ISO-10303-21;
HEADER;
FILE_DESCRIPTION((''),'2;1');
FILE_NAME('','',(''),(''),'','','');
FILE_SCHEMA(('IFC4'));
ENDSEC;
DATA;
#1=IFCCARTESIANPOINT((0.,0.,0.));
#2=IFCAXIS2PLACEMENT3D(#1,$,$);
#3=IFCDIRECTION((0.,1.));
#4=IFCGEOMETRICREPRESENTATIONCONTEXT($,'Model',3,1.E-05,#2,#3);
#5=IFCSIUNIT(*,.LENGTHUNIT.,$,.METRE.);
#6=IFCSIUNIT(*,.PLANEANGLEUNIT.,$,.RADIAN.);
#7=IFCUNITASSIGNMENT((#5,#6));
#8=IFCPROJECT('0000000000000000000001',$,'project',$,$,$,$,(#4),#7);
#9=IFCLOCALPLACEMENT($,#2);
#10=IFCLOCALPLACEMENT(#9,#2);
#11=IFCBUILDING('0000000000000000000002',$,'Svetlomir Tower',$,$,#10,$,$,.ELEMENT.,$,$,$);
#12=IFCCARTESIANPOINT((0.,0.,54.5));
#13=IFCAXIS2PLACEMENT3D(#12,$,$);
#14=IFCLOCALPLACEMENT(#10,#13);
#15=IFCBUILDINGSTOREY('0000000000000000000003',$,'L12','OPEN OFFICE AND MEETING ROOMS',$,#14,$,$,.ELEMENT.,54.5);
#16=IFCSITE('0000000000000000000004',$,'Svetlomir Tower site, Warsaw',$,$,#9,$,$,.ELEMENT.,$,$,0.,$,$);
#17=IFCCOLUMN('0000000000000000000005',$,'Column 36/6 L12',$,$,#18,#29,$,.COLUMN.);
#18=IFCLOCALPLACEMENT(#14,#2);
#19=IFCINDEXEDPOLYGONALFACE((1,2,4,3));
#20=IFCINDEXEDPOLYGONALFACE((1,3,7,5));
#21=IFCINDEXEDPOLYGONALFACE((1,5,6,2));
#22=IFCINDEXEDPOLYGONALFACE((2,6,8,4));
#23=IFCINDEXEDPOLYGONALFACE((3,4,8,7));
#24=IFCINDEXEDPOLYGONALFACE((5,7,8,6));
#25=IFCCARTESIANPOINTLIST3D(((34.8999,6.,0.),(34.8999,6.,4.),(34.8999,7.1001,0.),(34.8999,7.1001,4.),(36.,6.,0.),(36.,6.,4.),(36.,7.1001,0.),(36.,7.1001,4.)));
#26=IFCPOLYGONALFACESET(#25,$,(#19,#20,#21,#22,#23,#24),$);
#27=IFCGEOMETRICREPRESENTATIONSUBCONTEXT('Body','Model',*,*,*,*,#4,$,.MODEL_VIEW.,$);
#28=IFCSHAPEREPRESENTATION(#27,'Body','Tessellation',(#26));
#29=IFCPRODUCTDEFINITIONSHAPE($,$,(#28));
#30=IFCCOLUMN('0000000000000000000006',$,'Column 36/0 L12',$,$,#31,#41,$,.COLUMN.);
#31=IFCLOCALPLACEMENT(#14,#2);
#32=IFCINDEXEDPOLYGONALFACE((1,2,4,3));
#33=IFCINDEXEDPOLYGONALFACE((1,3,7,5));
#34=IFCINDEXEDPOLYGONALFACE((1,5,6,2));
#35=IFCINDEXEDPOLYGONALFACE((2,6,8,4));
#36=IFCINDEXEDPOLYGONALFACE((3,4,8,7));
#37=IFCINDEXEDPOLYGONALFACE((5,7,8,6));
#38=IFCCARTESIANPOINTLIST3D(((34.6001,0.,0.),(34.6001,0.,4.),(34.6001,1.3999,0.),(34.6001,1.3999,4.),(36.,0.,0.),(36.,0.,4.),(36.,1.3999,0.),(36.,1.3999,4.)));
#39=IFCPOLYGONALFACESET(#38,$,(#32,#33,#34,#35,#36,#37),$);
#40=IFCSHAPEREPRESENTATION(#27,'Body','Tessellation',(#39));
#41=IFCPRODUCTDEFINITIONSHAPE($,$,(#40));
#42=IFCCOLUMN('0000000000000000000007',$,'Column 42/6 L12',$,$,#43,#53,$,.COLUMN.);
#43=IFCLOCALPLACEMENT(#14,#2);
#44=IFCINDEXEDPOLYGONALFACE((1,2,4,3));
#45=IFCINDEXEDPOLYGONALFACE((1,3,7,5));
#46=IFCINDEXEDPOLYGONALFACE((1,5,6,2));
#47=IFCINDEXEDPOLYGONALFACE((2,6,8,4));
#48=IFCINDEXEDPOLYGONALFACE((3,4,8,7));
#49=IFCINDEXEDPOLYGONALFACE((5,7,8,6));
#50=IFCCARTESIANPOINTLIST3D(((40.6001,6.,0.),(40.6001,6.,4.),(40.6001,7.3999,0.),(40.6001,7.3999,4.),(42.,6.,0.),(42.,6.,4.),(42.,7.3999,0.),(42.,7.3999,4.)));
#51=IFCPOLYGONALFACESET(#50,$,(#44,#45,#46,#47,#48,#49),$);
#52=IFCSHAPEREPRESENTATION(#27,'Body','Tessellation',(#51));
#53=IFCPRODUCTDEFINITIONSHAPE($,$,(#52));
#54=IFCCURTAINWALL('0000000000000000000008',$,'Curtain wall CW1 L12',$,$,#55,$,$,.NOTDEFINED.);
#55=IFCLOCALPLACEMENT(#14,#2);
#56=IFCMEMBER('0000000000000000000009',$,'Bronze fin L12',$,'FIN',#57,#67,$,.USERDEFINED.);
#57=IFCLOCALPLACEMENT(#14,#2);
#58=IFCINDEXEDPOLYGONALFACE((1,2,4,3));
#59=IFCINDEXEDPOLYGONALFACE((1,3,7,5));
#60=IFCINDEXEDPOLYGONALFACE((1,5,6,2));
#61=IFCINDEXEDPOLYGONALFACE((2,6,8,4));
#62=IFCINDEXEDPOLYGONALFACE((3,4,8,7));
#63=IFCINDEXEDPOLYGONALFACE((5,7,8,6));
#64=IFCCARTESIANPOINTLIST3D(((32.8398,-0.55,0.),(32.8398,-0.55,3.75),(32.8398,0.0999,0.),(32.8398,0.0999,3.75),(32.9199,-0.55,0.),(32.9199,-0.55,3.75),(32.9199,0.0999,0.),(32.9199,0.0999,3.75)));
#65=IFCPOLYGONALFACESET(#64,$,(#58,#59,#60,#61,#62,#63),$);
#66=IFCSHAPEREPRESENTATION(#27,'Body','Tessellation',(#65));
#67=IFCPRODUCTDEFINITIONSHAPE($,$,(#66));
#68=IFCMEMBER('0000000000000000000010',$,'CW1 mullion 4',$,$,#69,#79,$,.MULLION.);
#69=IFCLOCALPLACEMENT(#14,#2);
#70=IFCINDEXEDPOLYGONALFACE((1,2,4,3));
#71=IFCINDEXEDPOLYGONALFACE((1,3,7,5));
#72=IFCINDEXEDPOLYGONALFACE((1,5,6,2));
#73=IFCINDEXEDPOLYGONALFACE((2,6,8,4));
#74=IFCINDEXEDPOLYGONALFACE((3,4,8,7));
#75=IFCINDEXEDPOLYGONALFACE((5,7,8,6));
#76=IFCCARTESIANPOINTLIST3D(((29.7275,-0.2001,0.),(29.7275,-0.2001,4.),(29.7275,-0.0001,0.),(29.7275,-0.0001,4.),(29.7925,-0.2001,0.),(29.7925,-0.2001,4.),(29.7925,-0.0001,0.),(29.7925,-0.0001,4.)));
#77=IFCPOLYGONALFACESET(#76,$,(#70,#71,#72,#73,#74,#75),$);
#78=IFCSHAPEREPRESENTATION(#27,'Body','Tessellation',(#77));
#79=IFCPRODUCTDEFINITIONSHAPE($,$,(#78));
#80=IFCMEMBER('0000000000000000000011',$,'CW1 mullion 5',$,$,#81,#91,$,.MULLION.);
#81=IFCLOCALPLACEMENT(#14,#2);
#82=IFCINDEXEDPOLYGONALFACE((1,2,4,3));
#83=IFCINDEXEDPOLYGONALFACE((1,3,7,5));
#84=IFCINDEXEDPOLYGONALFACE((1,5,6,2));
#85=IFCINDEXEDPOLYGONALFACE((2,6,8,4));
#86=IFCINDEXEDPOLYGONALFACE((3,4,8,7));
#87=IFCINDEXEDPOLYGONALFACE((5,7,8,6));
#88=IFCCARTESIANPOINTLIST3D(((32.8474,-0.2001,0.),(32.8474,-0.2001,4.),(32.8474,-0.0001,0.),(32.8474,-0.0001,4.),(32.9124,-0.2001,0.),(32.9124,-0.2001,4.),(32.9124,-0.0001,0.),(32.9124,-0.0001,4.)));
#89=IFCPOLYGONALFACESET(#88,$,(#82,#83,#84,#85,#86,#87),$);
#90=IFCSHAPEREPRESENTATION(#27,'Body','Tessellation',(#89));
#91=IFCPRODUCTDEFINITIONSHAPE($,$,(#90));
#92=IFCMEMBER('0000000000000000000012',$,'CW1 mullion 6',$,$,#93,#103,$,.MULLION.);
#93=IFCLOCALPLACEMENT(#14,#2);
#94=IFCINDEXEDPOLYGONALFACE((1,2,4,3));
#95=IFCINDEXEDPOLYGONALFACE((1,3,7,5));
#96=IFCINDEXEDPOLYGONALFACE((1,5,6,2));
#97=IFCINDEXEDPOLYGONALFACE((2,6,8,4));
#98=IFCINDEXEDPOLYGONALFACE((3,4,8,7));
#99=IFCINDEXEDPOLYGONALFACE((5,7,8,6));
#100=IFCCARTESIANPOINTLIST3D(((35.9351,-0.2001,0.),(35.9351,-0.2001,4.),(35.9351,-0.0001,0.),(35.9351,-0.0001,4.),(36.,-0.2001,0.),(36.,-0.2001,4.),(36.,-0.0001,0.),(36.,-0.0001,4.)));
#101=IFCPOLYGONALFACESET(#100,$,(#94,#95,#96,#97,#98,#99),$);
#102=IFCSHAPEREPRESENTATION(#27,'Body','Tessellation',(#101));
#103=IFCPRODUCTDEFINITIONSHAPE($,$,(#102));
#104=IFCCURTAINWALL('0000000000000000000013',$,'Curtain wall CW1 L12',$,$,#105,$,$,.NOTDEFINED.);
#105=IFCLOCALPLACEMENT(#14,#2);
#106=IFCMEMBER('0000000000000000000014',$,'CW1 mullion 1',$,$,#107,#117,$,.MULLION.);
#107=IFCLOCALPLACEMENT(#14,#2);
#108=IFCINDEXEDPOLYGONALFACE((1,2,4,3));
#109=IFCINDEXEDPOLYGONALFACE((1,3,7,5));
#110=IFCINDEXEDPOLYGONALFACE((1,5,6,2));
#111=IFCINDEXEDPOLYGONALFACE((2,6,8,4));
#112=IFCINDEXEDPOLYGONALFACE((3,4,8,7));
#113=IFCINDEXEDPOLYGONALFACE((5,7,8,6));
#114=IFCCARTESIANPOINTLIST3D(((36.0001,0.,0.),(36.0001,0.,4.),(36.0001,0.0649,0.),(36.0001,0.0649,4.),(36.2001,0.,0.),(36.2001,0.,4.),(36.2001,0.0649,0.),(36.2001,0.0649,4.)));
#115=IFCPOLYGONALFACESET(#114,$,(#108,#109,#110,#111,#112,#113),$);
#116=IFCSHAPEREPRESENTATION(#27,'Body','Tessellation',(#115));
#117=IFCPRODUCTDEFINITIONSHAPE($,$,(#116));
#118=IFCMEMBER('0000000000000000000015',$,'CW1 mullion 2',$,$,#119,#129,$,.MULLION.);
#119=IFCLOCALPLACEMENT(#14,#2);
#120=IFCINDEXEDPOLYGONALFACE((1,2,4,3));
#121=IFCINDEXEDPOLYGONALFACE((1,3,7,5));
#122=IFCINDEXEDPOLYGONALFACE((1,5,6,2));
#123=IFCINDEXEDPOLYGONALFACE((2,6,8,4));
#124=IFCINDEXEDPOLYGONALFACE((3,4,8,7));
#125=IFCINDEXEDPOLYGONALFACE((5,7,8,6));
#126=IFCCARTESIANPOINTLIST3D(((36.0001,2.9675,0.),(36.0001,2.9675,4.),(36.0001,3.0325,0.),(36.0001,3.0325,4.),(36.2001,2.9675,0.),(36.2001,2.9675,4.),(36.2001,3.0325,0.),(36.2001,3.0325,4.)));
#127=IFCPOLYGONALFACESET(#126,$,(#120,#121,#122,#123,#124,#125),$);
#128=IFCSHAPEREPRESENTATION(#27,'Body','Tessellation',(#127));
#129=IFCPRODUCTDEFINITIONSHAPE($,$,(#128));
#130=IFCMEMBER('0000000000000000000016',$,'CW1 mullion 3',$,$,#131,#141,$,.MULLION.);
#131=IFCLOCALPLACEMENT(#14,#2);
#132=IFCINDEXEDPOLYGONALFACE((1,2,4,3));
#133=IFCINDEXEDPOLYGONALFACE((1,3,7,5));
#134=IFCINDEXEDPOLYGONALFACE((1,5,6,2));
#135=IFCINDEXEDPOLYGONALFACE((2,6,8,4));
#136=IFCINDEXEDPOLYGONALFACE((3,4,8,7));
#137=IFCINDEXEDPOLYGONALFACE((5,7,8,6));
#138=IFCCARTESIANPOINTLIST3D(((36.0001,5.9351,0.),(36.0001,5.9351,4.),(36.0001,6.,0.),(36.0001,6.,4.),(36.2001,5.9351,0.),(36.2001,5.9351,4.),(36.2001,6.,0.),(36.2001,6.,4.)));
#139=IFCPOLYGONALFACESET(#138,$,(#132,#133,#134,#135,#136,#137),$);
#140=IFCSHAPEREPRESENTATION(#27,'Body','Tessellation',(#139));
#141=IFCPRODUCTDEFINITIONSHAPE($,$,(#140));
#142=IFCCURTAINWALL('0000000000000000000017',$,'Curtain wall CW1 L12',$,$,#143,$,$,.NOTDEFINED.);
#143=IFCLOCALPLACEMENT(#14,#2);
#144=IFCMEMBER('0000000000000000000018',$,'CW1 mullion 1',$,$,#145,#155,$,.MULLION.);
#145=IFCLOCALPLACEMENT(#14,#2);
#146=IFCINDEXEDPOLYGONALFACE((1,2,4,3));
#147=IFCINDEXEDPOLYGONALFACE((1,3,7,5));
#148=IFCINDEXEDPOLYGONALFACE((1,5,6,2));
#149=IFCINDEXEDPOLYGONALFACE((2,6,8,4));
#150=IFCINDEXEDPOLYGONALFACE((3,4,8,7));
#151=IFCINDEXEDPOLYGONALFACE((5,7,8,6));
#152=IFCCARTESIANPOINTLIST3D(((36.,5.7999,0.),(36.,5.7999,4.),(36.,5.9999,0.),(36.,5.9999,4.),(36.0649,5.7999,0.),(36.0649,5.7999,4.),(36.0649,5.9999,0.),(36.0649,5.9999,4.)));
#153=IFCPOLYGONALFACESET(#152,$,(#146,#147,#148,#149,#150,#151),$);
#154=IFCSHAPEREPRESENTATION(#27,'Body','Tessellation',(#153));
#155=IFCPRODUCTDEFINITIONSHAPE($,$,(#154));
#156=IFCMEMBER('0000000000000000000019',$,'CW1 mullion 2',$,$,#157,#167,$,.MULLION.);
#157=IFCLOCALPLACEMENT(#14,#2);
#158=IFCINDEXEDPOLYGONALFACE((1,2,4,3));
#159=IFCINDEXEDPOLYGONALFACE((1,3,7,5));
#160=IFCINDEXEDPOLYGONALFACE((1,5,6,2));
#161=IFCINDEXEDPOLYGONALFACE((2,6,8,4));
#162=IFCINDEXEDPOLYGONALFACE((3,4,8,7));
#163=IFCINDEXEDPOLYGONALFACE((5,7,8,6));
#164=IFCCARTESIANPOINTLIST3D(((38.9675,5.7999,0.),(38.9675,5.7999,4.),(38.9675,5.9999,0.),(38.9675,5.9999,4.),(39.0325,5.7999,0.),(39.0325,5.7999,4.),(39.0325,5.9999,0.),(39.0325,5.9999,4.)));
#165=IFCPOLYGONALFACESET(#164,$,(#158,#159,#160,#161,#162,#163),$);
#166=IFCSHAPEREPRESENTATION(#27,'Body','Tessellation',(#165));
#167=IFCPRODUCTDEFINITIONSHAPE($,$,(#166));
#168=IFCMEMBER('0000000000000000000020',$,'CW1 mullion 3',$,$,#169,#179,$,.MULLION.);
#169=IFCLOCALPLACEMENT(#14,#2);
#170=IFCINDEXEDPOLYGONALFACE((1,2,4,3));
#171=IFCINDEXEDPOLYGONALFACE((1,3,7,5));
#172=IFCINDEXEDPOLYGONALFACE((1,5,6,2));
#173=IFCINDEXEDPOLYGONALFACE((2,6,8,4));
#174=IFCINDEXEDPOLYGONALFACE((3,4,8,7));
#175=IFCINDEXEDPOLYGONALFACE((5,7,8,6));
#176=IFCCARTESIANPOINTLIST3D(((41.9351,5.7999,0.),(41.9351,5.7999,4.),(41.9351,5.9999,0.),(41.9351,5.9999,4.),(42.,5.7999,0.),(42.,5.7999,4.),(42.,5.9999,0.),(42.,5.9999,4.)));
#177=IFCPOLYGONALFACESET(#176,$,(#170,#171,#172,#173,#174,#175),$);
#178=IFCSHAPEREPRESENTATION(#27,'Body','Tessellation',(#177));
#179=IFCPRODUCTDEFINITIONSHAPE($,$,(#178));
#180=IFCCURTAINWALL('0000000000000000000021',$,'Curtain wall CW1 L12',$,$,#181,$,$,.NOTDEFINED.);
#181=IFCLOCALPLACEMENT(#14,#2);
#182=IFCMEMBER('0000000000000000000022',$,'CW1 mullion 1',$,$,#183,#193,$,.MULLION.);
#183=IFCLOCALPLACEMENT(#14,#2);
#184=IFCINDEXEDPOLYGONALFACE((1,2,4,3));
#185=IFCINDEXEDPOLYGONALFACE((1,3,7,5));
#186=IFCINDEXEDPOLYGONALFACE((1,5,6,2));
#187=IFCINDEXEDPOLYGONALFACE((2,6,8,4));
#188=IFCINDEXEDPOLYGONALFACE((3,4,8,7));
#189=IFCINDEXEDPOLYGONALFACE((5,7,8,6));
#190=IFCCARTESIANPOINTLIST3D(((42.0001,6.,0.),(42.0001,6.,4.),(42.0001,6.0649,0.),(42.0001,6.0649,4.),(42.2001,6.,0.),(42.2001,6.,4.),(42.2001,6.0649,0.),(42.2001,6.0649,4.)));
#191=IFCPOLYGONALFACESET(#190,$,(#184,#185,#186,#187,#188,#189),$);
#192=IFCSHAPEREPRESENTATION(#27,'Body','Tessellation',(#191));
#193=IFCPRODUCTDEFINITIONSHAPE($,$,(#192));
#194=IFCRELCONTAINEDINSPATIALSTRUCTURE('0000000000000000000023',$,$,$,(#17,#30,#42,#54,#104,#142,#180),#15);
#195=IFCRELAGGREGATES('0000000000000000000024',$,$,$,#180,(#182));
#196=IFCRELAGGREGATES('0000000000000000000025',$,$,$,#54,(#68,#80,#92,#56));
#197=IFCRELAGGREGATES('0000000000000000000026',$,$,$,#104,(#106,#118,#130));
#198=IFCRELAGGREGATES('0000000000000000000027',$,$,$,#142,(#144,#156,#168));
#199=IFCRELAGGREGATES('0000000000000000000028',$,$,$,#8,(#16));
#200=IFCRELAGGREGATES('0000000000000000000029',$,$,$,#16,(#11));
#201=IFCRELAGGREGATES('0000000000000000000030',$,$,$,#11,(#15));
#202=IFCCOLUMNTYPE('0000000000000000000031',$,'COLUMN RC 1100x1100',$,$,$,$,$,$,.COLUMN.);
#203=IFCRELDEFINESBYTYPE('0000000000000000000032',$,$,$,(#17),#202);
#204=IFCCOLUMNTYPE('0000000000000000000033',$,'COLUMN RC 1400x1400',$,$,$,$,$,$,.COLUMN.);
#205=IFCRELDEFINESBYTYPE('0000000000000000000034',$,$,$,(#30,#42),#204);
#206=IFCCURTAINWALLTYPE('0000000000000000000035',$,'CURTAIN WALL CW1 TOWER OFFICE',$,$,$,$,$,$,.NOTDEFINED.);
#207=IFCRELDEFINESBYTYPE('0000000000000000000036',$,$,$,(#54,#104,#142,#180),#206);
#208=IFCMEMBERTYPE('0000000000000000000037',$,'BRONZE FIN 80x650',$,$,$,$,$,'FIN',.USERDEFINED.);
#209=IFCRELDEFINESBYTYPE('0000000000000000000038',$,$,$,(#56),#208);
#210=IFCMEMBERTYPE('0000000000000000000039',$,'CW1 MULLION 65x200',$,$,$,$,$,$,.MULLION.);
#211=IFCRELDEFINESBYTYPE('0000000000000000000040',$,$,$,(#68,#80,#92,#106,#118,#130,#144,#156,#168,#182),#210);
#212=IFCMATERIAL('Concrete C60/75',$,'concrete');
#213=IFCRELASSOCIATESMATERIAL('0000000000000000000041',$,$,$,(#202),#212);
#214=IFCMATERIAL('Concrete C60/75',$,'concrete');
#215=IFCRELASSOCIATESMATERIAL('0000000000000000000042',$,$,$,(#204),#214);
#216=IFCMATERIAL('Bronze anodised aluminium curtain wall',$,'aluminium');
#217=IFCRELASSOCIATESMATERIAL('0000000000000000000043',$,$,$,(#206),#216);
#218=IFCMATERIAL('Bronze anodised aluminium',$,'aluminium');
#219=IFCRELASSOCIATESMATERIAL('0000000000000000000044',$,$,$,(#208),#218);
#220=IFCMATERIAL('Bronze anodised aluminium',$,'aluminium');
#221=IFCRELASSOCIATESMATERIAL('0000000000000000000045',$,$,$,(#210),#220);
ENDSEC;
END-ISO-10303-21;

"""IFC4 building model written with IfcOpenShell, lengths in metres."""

from ifc_helpers import new_model, si_unit, direction, frame, origin, origin_2d, place, context, subcontext, project, spatial, rectangle, extrude, material, material_profile, profile_set, type_object, element, aggregate, save


model = new_model("IFC4")

# Units and contexts
model_context = context("Model", 3, precision=1e-05, world=origin(), true_north=direction((0.0, 1.0)))
body_context = subcontext(model_context, "Body", "Model", "MODEL_VIEW")
ifc_project = project(units=[si_unit("LENGTHUNIT", "METRE"), si_unit("PLANEANGLEUNIT", "RADIAN")], contexts=[model_context])

# Site, building, storey
site_placement = place(None, origin())
site = spatial("IfcSite", under=ifc_project, at=site_placement, Name="Svetlomir Tower site, Warsaw", CompositionType="ELEMENT", RefElevation=0.0)
building_placement = place(site_placement, origin())
building = spatial("IfcBuilding", under=site, at=building_placement, Name="Svetlomir Tower", CompositionType="ELEMENT")
storey_placement = place(building_placement, frame((0.0, 0.0, 54.5)))
storey = spatial("IfcBuildingStorey", under=building, at=storey_placement, Name="L12", Description="OPEN OFFICE AND MEETING ROOMS", CompositionType="ELEMENT", Elevation=54.5)

# Columns
ifc_material_1 = material(Name="Concrete C60/75", Category="concrete")
ifc_material_profile_1 = material_profile(ifc_material_1, rectangle(XDim=1.1001, YDim=1.1001, at=origin_2d()), Name="RC 1100x1100")
ifc_profile_set_1 = profile_set([ifc_material_profile_1], Name="Concrete C60/75")
column_type_1 = type_object("IfcColumnType", Name="COLUMN RC 1100x1100", PredefinedType="COLUMN", material=ifc_profile_set_1)
column_placement = place(storey_placement, frame((35.45, 6.55, 0.0), z_axis=(0.0, 0.0, 1.0), x_axis=(1.0, 0.0, 0.0)))
element("IfcColumn", 1, at=column_placement, inside=storey, type_object=column_type_1, Name="Column 36/6 L12", PredefinedType="COLUMN", context=body_context, shape_type="SweptSolid", body=[
    extrude(rectangle(XDim=1.1001, YDim=1.1001, at=origin_2d()), origin(), (0.0, 0.0, 1.0), 4.0),
])
ifc_material_2 = material(Name="Concrete C60/75", Category="concrete")
ifc_material_profile_2 = material_profile(ifc_material_2, rectangle(XDim=1.3999, YDim=1.3999, at=origin_2d()), Name="RC 1400x1400")
ifc_profile_set_2 = profile_set([ifc_material_profile_2], Name="Concrete C60/75")
column_type_2 = type_object("IfcColumnType", Name="COLUMN RC 1400x1400", PredefinedType="COLUMN", material=ifc_profile_set_2)
for number, where, z_axis, x_axis, name in (
    (2, (35.3, 0.7, 0.0), (0.0, 0.0, 1.0), (1.0, 0.0, 0.0), "Column 36/0 L12"),
    (3, (41.3, 6.7, 0.0), (0.0, 0.0, 1.0), (1.0, 0.0, 0.0), "Column 42/6 L12"),
):
    element("IfcColumn", number, at=place(storey_placement, frame(where, z_axis=z_axis, x_axis=x_axis)), inside=storey, type_object=column_type_2, Name=name, PredefinedType="COLUMN", context=body_context, shape_type="SweptSolid", body=[
        extrude(rectangle(XDim=1.3999, YDim=1.3999, at=origin_2d()), origin(), (0.0, 0.0, 1.0), 4.0),
    ])

# Curtain walls, members
ifc_material_3 = material(Name="Bronze anodised aluminium curtain wall", Category="aluminium")
curtain_wall_type = type_object("IfcCurtainWallType", Name="CURTAIN WALL CW1 TOWER OFFICE", PredefinedType="NOTDEFINED", material=ifc_material_3)
curtain_wall_1_placement = place(storey_placement, origin())
curtain_wall_1 = element("IfcCurtainWall", 4, at=curtain_wall_1_placement, inside=storey, type_object=curtain_wall_type, Name="Curtain wall CW1 L12", PredefinedType="NOTDEFINED")
ifc_material_4 = material(Name="Bronze anodised aluminium", Category="aluminium")
ifc_material_profile_3 = material_profile(ifc_material_4, rectangle(XDim=0.0801, YDim=0.6499, at=origin_2d()), Name="FIN 80x650")
ifc_profile_set_3 = profile_set([ifc_material_profile_3], Name="Bronze anodised aluminium 6063-T6")
member_type_1 = type_object("IfcMemberType", Name="BRONZE FIN 80x650", ElementType="FIN", PredefinedType="USERDEFINED", material=ifc_profile_set_3)
member_1_placement = place(storey_placement, frame((32.8799, -0.2251, 0.0), z_axis=(0.0, 0.0, 1.0), x_axis=(1.0, 0.0, 0.0)))
member_1 = element("IfcMember", 5, at=member_1_placement, type_object=member_type_1, Name="Bronze fin L12", ObjectType="FIN", PredefinedType="USERDEFINED", context=body_context, shape_type="SweptSolid", body=[
    extrude(rectangle(XDim=0.0801, YDim=0.6499, at=origin_2d()), origin(), (0.0, 0.0, 1.0), 3.75),
])
ifc_material_5 = material(Name="Bronze anodised aluminium", Category="aluminium")
ifc_material_profile_4 = material_profile(ifc_material_5, rectangle(XDim=0.0649, YDim=0.2, at=origin_2d()), Name="AL 65x200")
ifc_profile_set_4 = profile_set([ifc_material_profile_4], Name="Bronze anodised aluminium 6063-T6")
member_type_2 = type_object("IfcMemberType", Name="CW1 MULLION 65x200", PredefinedType="MULLION", material=ifc_profile_set_4)
member_2_placement = place(storey_placement, frame((29.76, -0.1001, 0.0), z_axis=(0.0, 0.0, 1.0), x_axis=(1.0, 0.0, 0.0)))
member_2 = element("IfcMember", 6, at=member_2_placement, type_object=member_type_2, Name="CW1 mullion 4", PredefinedType="MULLION", context=body_context, shape_type="SweptSolid", body=[
    extrude(rectangle(XDim=0.0649, YDim=0.2, at=origin_2d()), origin(), (0.0, 0.0, 1.0), 4.0),
])
member_3_placement = place(storey_placement, frame((32.8799, -0.1001, 0.0), z_axis=(0.0, 0.0, 1.0), x_axis=(1.0, 0.0, 0.0)))
member_3 = element("IfcMember", 7, at=member_3_placement, type_object=member_type_2, Name="CW1 mullion 5", PredefinedType="MULLION", context=body_context, shape_type="SweptSolid", body=[
    extrude(rectangle(XDim=0.0649, YDim=0.2, at=origin_2d()), origin(), (0.0, 0.0, 1.0), 4.0),
])
member_4_placement = place(storey_placement, frame((35.9675, -0.1001, 0.0), z_axis=(0.0, 0.0, 1.0), x_axis=(1.0, 0.0, 0.0)))
member_4 = element("IfcMember", 8, at=member_4_placement, type_object=member_type_2, Name="CW1 mullion 6", PredefinedType="MULLION", context=body_context, shape_type="SweptSolid", body=[
    extrude(rectangle(XDim=0.0649, YDim=0.2, at=origin_2d()), origin(), (0.0, 0.0, 1.0), 4.0),
])
curtain_wall_2_placement = place(storey_placement, origin())
curtain_wall_2 = element("IfcCurtainWall", 9, at=curtain_wall_2_placement, inside=storey, type_object=curtain_wall_type, Name="Curtain wall CW1 L12", PredefinedType="NOTDEFINED")
member_5_placement = place(storey_placement, frame((36.1001, 0.0325, 0.0), z_axis=(0.0, 0.0, 1.0), x_axis=(0.0, 1.0, 0.0)))
member_5 = element("IfcMember", 10, at=member_5_placement, type_object=member_type_2, Name="CW1 mullion 1", PredefinedType="MULLION", context=body_context, shape_type="SweptSolid", body=[
    extrude(rectangle(XDim=0.0649, YDim=0.2, at=origin_2d()), origin(), (0.0, 0.0, 1.0), 4.0),
])
member_6_placement = place(storey_placement, frame((36.1001, 3.0, 0.0), z_axis=(0.0, 0.0, 1.0), x_axis=(0.0, 1.0, 0.0)))
member_6 = element("IfcMember", 11, at=member_6_placement, type_object=member_type_2, Name="CW1 mullion 2", PredefinedType="MULLION", context=body_context, shape_type="SweptSolid", body=[
    extrude(rectangle(XDim=0.0649, YDim=0.2, at=origin_2d()), origin(), (0.0, 0.0, 1.0), 4.0),
])
member_7_placement = place(storey_placement, frame((36.1001, 5.9675, 0.0), z_axis=(0.0, 0.0, 1.0), x_axis=(0.0, 1.0, 0.0)))
member_7 = element("IfcMember", 12, at=member_7_placement, type_object=member_type_2, Name="CW1 mullion 3", PredefinedType="MULLION", context=body_context, shape_type="SweptSolid", body=[
    extrude(rectangle(XDim=0.0649, YDim=0.2, at=origin_2d()), origin(), (0.0, 0.0, 1.0), 4.0),
])
curtain_wall_3_placement = place(storey_placement, origin())
curtain_wall_3 = element("IfcCurtainWall", 13, at=curtain_wall_3_placement, inside=storey, type_object=curtain_wall_type, Name="Curtain wall CW1 L12", PredefinedType="NOTDEFINED")
member_8_placement = place(storey_placement, frame((36.0325, 5.8999, 0.0), z_axis=(0.0, 0.0, 1.0), x_axis=(1.0, 0.0, 0.0)))
member_8 = element("IfcMember", 14, at=member_8_placement, type_object=member_type_2, Name="CW1 mullion 1", PredefinedType="MULLION", context=body_context, shape_type="SweptSolid", body=[
    extrude(rectangle(XDim=0.0649, YDim=0.2, at=origin_2d()), origin(), (0.0, 0.0, 1.0), 4.0),
])
member_9_placement = place(storey_placement, frame((39.0, 5.8999, 0.0), z_axis=(0.0, 0.0, 1.0), x_axis=(1.0, 0.0, 0.0)))
member_9 = element("IfcMember", 15, at=member_9_placement, type_object=member_type_2, Name="CW1 mullion 2", PredefinedType="MULLION", context=body_context, shape_type="SweptSolid", body=[
    extrude(rectangle(XDim=0.0649, YDim=0.2, at=origin_2d()), origin(), (0.0, 0.0, 1.0), 4.0),
])
member_10_placement = place(storey_placement, frame((41.9675, 5.8999, 0.0), z_axis=(0.0, 0.0, 1.0), x_axis=(1.0, 0.0, 0.0)))
member_10 = element("IfcMember", 16, at=member_10_placement, type_object=member_type_2, Name="CW1 mullion 3", PredefinedType="MULLION", context=body_context, shape_type="SweptSolid", body=[
    extrude(rectangle(XDim=0.0649, YDim=0.2, at=origin_2d()), origin(), (0.0, 0.0, 1.0), 4.0),
])

# Curtain wall, member
curtain_wall_4_placement = place(storey_placement, origin())
curtain_wall_4 = element("IfcCurtainWall", 17, at=curtain_wall_4_placement, inside=storey, type_object=curtain_wall_type, Name="Curtain wall CW1 L12", PredefinedType="NOTDEFINED")
member_11_placement = place(storey_placement, frame((42.1001, 6.0325, 0.0), z_axis=(0.0, 0.0, 1.0), x_axis=(0.0, 1.0, 0.0)))
member_11 = element("IfcMember", 18, at=member_11_placement, type_object=member_type_2, Name="CW1 mullion 1", PredefinedType="MULLION", context=body_context, shape_type="SweptSolid", body=[
    extrude(rectangle(XDim=0.0649, YDim=0.2, at=origin_2d()), origin(), (0.0, 0.0, 1.0), 4.0),
])

aggregate(curtain_wall_4, [member_11])

aggregate(curtain_wall_1, [member_2, member_3, member_4, member_1])
aggregate(curtain_wall_2, [member_5, member_6, member_7])
aggregate(curtain_wall_3, [member_8, member_9, member_10])

save(model, "model.ifc")
